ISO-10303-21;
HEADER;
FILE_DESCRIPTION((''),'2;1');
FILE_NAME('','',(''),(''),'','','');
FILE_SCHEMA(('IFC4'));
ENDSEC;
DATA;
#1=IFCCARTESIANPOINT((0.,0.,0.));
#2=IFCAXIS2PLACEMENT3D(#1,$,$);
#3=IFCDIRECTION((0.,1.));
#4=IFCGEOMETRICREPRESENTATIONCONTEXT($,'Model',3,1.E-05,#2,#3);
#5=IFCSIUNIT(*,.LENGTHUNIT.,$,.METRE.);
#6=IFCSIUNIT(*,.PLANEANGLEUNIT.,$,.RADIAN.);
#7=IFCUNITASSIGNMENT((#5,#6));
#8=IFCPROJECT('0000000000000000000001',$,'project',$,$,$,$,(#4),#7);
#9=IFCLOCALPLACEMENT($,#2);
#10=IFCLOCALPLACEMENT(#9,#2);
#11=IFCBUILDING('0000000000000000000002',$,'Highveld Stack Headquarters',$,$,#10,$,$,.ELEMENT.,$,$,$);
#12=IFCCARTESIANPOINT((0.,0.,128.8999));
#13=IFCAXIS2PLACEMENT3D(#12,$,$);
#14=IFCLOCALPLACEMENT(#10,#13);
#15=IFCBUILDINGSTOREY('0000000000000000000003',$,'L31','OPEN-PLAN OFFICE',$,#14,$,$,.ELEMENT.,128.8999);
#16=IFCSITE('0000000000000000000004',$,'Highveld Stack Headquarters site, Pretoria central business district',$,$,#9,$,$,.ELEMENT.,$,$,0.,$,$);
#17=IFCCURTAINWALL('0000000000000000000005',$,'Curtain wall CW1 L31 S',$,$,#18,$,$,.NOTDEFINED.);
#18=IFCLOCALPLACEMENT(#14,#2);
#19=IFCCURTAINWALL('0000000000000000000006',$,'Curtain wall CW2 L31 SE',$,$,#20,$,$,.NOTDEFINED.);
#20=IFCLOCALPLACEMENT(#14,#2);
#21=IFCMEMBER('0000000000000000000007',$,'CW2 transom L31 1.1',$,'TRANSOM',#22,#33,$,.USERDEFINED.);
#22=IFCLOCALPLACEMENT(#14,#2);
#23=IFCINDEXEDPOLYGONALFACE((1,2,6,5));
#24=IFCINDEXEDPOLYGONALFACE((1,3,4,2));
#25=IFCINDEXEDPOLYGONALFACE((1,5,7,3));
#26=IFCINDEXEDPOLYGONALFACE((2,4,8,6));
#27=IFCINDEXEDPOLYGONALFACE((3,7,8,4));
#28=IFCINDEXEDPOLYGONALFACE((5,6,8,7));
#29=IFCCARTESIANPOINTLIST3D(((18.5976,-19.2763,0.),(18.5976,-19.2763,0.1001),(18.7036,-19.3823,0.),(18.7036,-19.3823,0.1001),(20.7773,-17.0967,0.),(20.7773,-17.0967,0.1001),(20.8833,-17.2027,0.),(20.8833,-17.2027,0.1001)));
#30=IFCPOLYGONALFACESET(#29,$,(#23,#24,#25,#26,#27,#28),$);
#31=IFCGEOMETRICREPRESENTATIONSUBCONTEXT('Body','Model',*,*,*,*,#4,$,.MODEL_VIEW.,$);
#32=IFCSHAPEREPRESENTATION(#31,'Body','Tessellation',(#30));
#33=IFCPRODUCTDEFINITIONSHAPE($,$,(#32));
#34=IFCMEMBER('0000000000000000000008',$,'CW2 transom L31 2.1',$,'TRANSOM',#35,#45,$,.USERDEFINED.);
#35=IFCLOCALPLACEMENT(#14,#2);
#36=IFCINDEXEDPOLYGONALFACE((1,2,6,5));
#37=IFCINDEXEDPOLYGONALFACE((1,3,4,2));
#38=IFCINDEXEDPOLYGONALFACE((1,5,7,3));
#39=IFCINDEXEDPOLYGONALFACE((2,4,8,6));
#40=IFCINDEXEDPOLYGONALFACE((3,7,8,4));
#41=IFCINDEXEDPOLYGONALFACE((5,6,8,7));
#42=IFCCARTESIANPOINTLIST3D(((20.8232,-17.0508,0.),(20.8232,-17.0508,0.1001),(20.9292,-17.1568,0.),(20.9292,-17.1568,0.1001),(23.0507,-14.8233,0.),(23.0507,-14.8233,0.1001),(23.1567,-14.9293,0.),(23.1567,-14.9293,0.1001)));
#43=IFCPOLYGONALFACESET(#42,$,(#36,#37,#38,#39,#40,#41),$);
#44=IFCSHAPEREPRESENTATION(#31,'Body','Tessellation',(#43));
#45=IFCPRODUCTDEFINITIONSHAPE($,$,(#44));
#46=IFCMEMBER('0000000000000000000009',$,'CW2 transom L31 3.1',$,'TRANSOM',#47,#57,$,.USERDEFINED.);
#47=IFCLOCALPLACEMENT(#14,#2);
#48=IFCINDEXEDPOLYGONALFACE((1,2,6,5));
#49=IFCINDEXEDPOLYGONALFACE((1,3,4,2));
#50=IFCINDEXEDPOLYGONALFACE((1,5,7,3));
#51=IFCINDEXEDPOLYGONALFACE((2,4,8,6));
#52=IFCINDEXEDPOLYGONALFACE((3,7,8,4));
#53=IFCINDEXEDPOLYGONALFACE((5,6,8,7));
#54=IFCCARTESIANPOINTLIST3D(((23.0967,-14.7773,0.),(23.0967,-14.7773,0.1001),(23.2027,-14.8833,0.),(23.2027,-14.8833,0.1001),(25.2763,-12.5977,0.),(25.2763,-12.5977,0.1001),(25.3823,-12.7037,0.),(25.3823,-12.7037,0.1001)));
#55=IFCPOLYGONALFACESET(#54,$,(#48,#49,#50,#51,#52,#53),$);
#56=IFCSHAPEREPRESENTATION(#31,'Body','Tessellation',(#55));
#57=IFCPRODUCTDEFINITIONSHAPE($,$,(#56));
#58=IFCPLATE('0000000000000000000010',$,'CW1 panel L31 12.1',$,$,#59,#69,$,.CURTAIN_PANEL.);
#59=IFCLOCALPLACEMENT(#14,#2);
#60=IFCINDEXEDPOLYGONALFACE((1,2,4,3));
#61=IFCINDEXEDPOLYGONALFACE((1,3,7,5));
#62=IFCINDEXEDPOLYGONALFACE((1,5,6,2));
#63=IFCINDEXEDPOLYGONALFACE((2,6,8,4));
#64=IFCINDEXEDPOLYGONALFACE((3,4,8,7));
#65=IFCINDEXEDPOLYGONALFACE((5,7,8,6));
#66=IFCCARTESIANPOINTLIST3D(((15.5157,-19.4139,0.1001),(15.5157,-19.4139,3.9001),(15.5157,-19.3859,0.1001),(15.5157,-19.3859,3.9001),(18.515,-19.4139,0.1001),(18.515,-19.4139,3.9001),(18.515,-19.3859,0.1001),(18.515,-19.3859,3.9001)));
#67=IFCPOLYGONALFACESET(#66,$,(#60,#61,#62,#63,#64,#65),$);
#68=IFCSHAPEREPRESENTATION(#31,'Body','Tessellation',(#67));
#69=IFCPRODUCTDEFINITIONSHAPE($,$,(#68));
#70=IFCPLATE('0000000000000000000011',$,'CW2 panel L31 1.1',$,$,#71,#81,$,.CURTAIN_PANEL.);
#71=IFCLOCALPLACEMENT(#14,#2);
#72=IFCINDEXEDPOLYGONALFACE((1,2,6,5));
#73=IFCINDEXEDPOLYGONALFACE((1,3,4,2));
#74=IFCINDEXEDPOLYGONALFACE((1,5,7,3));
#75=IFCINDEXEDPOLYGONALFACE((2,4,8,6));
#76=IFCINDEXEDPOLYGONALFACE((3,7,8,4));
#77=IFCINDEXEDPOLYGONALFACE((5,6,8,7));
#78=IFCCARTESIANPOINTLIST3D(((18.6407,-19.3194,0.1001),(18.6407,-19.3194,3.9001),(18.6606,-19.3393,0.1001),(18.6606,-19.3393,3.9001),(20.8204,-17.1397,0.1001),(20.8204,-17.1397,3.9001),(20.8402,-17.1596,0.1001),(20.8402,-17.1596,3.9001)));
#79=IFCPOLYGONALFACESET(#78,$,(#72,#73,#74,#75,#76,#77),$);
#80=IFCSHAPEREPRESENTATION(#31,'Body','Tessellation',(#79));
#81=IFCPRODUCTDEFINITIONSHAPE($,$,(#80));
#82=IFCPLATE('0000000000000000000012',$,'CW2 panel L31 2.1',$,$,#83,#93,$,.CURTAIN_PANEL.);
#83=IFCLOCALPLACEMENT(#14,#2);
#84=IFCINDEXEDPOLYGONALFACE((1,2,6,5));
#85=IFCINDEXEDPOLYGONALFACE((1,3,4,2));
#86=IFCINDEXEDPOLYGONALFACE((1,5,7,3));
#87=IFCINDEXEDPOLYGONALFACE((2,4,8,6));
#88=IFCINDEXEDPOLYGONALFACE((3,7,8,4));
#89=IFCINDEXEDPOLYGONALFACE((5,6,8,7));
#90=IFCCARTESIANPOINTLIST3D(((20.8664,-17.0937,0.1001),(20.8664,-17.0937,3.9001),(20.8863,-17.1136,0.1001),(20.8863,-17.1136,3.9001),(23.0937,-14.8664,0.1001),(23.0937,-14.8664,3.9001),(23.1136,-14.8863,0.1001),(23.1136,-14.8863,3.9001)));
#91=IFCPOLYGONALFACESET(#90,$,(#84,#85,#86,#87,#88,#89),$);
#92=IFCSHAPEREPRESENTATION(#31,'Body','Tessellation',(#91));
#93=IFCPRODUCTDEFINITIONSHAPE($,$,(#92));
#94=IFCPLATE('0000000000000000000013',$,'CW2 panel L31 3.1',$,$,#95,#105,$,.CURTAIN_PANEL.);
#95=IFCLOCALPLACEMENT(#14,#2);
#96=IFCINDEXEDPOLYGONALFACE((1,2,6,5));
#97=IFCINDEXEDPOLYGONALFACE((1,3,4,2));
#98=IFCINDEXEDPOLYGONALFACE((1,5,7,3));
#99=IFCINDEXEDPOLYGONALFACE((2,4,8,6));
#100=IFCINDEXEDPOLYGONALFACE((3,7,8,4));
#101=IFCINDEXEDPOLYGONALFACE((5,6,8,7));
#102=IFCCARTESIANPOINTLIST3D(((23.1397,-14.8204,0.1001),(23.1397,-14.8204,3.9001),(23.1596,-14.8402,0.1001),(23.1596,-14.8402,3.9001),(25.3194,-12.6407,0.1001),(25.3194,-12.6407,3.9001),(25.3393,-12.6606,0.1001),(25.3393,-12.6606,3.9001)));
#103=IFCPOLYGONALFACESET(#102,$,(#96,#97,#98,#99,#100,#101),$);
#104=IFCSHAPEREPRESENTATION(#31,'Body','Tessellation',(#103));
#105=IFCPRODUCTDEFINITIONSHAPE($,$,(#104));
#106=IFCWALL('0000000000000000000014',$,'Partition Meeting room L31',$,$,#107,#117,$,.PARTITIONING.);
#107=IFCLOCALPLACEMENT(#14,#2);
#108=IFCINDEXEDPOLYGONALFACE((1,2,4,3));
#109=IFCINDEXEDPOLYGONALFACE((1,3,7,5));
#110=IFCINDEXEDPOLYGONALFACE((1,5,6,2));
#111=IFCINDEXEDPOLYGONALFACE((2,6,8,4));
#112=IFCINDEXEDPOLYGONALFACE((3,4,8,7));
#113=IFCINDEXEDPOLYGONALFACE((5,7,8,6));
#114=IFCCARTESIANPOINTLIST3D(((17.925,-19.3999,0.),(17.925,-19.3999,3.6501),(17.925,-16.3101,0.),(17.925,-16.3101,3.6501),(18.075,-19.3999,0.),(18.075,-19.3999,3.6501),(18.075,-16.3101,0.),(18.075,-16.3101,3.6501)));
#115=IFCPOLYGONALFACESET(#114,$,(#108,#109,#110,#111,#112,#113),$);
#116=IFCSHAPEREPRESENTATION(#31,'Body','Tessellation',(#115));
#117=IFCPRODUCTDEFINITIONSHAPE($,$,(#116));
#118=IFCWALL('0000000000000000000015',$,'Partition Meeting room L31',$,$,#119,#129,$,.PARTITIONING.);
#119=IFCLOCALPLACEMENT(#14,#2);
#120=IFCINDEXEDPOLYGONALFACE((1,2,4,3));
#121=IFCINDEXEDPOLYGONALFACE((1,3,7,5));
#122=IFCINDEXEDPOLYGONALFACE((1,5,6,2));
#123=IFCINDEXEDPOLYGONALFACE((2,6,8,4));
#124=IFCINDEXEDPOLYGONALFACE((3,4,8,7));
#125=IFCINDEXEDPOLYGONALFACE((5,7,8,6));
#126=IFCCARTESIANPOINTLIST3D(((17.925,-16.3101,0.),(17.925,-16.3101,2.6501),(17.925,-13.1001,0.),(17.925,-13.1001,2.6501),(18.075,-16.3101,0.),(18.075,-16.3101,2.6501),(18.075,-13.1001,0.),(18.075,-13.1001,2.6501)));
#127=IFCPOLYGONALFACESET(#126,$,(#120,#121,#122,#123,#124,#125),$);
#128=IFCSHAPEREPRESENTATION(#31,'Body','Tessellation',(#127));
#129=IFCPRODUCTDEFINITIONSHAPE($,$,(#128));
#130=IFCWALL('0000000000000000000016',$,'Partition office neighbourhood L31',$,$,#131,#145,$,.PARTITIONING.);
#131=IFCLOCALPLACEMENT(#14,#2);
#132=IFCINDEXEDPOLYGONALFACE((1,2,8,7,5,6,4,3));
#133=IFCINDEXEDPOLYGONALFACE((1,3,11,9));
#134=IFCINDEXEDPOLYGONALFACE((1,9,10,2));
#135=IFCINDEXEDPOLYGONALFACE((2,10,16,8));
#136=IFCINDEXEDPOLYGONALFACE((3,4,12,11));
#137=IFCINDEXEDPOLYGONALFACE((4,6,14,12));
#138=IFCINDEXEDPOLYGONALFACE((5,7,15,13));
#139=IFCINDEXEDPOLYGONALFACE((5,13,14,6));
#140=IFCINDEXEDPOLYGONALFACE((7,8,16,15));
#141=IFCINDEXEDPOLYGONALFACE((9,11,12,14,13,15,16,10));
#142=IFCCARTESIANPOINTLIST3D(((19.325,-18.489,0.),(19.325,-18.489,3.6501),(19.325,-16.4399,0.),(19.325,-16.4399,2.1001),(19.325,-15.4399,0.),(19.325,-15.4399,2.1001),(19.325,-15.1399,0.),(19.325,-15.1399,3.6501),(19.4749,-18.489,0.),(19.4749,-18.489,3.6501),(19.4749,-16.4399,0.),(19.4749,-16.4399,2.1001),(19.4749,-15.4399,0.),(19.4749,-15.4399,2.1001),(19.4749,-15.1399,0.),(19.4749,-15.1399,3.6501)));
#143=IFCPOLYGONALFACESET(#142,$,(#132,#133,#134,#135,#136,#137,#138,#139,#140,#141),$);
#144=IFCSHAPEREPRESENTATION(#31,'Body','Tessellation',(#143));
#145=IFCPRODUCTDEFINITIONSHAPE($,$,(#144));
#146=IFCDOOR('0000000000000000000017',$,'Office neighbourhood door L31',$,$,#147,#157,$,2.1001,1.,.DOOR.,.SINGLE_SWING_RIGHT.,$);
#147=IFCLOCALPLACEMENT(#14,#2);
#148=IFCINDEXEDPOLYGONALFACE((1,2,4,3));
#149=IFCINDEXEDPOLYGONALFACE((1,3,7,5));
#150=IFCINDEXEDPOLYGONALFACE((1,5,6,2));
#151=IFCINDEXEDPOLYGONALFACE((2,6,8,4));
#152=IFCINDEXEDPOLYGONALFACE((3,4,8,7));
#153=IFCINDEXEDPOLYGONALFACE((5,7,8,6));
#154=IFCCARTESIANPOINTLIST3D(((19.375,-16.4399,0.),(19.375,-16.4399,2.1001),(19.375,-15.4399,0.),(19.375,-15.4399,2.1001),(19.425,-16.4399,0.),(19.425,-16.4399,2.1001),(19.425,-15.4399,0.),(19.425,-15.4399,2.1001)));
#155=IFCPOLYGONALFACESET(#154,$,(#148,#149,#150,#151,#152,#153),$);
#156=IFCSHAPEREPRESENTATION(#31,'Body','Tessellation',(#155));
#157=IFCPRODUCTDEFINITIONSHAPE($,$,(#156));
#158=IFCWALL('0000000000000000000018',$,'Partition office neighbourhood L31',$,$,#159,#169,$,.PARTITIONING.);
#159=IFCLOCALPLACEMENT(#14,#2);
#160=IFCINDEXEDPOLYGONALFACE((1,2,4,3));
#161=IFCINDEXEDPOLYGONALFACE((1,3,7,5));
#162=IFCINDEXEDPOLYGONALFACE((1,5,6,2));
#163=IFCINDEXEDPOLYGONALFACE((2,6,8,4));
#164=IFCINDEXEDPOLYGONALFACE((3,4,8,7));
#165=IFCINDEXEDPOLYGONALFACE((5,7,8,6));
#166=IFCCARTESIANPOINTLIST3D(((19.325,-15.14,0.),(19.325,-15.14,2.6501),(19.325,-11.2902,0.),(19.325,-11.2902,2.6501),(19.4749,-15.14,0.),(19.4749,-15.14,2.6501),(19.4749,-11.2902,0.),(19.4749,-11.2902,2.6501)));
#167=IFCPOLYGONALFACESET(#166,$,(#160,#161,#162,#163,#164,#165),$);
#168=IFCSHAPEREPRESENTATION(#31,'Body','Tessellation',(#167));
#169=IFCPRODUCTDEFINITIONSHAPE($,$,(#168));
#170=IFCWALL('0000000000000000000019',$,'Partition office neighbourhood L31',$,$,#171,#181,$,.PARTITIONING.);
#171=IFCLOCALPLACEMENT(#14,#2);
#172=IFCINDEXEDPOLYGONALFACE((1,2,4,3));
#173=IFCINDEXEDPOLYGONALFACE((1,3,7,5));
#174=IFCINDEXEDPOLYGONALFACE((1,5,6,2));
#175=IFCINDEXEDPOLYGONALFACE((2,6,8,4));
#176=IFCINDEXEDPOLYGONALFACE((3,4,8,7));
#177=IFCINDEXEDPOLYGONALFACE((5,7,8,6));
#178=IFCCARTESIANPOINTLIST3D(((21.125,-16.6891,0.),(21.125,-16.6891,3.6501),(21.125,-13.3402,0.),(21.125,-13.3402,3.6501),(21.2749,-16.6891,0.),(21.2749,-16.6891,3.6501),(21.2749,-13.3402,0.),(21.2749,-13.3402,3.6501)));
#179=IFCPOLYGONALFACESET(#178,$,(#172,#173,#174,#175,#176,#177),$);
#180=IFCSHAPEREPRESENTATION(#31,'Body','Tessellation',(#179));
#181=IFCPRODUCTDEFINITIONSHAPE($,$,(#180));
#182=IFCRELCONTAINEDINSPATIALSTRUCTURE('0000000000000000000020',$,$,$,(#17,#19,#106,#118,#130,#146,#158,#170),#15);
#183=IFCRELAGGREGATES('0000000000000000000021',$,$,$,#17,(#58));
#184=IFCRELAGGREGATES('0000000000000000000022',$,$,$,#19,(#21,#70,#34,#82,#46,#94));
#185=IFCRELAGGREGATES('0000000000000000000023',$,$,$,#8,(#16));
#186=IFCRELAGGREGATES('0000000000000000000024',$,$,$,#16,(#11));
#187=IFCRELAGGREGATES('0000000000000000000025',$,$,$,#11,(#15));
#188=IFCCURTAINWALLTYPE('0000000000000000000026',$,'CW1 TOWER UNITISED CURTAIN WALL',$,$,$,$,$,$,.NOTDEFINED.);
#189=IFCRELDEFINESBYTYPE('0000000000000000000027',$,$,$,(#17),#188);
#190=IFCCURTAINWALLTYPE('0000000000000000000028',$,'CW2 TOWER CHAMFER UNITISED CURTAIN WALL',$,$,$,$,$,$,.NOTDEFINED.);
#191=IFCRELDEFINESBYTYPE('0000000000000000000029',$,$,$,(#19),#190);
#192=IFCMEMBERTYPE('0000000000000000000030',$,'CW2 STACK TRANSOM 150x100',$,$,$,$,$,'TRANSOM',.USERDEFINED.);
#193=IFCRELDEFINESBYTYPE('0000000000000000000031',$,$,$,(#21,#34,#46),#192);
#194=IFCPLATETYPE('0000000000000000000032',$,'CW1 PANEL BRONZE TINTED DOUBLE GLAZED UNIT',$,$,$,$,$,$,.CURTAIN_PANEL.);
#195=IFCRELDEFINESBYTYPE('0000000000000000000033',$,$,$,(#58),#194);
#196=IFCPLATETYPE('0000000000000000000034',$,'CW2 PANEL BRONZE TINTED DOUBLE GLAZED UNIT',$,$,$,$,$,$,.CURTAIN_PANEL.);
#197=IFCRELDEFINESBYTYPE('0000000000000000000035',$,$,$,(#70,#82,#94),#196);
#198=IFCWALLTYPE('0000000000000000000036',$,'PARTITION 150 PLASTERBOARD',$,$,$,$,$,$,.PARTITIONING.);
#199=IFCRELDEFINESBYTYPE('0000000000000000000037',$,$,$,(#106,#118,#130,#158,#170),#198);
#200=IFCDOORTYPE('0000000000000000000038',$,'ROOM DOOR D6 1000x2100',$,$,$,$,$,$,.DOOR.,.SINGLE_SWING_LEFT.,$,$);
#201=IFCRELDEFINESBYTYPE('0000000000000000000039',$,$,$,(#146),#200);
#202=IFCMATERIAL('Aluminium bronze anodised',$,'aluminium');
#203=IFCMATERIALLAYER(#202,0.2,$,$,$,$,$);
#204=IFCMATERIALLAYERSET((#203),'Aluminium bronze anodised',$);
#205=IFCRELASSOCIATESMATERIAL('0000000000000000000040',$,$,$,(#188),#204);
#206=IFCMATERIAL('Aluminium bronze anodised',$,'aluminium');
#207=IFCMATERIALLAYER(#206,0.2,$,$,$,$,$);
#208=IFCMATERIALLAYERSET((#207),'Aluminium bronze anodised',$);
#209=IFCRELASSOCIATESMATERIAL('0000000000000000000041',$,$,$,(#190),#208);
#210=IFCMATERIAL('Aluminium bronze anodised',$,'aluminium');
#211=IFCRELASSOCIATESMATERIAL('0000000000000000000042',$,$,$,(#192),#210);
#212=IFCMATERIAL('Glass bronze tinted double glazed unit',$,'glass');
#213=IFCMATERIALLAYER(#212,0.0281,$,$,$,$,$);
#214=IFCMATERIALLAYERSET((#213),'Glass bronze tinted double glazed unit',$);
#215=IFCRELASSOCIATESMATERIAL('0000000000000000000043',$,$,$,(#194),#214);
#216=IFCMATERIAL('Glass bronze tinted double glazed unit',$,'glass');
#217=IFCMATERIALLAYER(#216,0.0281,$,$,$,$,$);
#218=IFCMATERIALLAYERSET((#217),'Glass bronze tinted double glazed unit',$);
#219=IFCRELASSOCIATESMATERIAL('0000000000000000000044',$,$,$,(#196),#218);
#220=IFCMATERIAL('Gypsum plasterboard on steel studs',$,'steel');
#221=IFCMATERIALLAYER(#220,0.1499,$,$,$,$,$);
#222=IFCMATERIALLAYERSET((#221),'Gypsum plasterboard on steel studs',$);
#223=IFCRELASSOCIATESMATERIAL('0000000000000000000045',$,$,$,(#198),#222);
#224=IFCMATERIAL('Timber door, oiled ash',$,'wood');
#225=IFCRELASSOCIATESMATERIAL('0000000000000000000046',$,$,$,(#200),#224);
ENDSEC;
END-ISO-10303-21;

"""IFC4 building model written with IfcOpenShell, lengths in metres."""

from ifc_helpers import new_model, si_unit, direction, frame, frame_2d, origin, origin_2d, place, context, subcontext, project, spatial, rectangle, extrude, material, layer, layer_set, material_profile, profile_set, type_object, element, fill, aggregate, save


model = new_model("IFC4")

# Units and contexts
model_context = context("Model", 3, precision=1e-05, world=origin(), true_north=direction((0.0, 1.0)))
body_context = subcontext(model_context, "Body", "Model", "MODEL_VIEW")
ifc_project = project(units=[si_unit("LENGTHUNIT", "METRE"), si_unit("PLANEANGLEUNIT", "RADIAN")], contexts=[model_context])

# Site, building, storey
site_placement = place(None, origin())
site = spatial("IfcSite", under=ifc_project, at=site_placement, Name="Highveld Stack Headquarters site, Pretoria central business district", CompositionType="ELEMENT", RefElevation=0.0)
building_placement = place(site_placement, origin())
building = spatial("IfcBuilding", under=site, at=building_placement, Name="Highveld Stack Headquarters", CompositionType="ELEMENT")
storey_placement = place(building_placement, frame((0.0, 0.0, 128.8999)))
storey = spatial("IfcBuildingStorey", under=building, at=storey_placement, Name="L31", Description="OPEN-PLAN OFFICE", CompositionType="ELEMENT", Elevation=128.8999)

# Curtain wall
ifc_material_1 = material(Name="Aluminium bronze anodised", Category="aluminium")
ifc_layer_1 = layer(ifc_material_1, 0.2)
ifc_layer_set_1 = layer_set([ifc_layer_1], Name="Aluminium bronze anodised")
curtain_wall_type_1 = type_object("IfcCurtainWallType", Name="CW1 TOWER UNITISED CURTAIN WALL", PredefinedType="NOTDEFINED", material=ifc_layer_set_1)
curtain_wall_1_placement = place(storey_placement, origin())
curtain_wall_1 = element("IfcCurtainWall", 1, at=curtain_wall_1_placement, inside=storey, type_object=curtain_wall_type_1, Name="Curtain wall CW1 L31 S", PredefinedType="NOTDEFINED")

# Curtain wall, members
ifc_material_2 = material(Name="Aluminium bronze anodised", Category="aluminium")
ifc_layer_2 = layer(ifc_material_2, 0.2)
ifc_layer_set_2 = layer_set([ifc_layer_2], Name="Aluminium bronze anodised")
curtain_wall_type_2 = type_object("IfcCurtainWallType", Name="CW2 TOWER CHAMFER UNITISED CURTAIN WALL", PredefinedType="NOTDEFINED", material=ifc_layer_set_2)
curtain_wall_2_placement = place(storey_placement, origin())
curtain_wall_2 = element("IfcCurtainWall", 2, at=curtain_wall_2_placement, inside=storey, type_object=curtain_wall_type_2, Name="Curtain wall CW2 L31 SE", PredefinedType="NOTDEFINED")
ifc_material_3 = material(Name="Aluminium bronze anodised", Category="aluminium")
ifc_material_profile_1 = material_profile(ifc_material_3, rectangle(XDim=0.1499, YDim=0.1001, at=origin_2d()), Name="CW2 TRANSOM 150x100")
ifc_profile_set_1 = profile_set([ifc_material_profile_1], Name="Aluminium bronze anodised")
member_type_1 = type_object("IfcMemberType", Name="CW2 STACK TRANSOM 150x100", ElementType="TRANSOM", PredefinedType="USERDEFINED", material=ifc_profile_set_1)
member_1_placement = place(storey_placement, frame((18.6506, -19.3293, 0.05), z_axis=(0.707107, 0.707107, 0.0), x_axis=(-0.707107, 0.707107, 0.0)))
member_1 = element("IfcMember", 3, at=member_1_placement, type_object=member_type_1, Name="CW2 transom L31 1.1", ObjectType="TRANSOM", PredefinedType="USERDEFINED", context=body_context, shape_type="SweptSolid", body=[
    extrude(rectangle(XDim=0.1499, YDim=0.1001, at=origin_2d()), origin(), (0.0, 0.0, 1.0), 3.0825),
])
member_2_placement = place(storey_placement, frame((20.8762, -17.1038, 0.05), z_axis=(0.707107, 0.707107, 0.0), x_axis=(-0.707107, 0.707107, 0.0)))
member_2 = element("IfcMember", 4, at=member_2_placement, type_object=member_type_1, Name="CW2 transom L31 2.1", ObjectType="TRANSOM", PredefinedType="USERDEFINED", context=body_context, shape_type="SweptSolid", body=[
    extrude(rectangle(XDim=0.1499, YDim=0.1001, at=origin_2d()), origin(), (0.0, 0.0, 1.0), 3.1501),
])
member_3_placement = place(storey_placement, frame((23.1497, -14.8303, 0.05), z_axis=(0.707107, 0.707107, 0.0), x_axis=(-0.707107, 0.707107, 0.0)))
member_3 = element("IfcMember", 5, at=member_3_placement, type_object=member_type_1, Name="CW2 transom L31 3.1", ObjectType="TRANSOM", PredefinedType="USERDEFINED", context=body_context, shape_type="SweptSolid", body=[
    extrude(rectangle(XDim=0.1499, YDim=0.1001, at=origin_2d()), origin(), (0.0, 0.0, 1.0), 3.0825),
])

# Plates
ifc_material_4 = material(Name="Glass bronze tinted double glazed unit", Category="glass")
ifc_layer_3 = layer(ifc_material_4, 0.0281)
ifc_layer_set_3 = layer_set([ifc_layer_3], Name="Glass bronze tinted double glazed unit")
plate_type_1 = type_object("IfcPlateType", Name="CW1 PANEL BRONZE TINTED DOUBLE GLAZED UNIT", PredefinedType="CURTAIN_PANEL", material=ifc_layer_set_3)
plate_1_placement = place(storey_placement, frame((17.0154, -19.3999, 0.1001), z_axis=(0.0, 0.0, 1.0), x_axis=(1.0, 0.0, 0.0)))
plate_1 = element("IfcPlate", 6, at=plate_1_placement, type_object=plate_type_1, Name="CW1 panel L31 12.1", PredefinedType="CURTAIN_PANEL", context=body_context, shape_type="SweptSolid", body=[
    extrude(rectangle(XDim=2.9993, YDim=0.0281, at=origin_2d()), origin(), (0.0, 0.0, 1.0), 3.8),
])
aggregate(curtain_wall_1, [plate_1])
ifc_material_5 = material(Name="Glass bronze tinted double glazed unit", Category="glass")
ifc_layer_4 = layer(ifc_material_5, 0.0281)
ifc_layer_set_4 = layer_set([ifc_layer_4], Name="Glass bronze tinted double glazed unit")
plate_type_2 = type_object("IfcPlateType", Name="CW2 PANEL BRONZE TINTED DOUBLE GLAZED UNIT", PredefinedType="CURTAIN_PANEL", material=ifc_layer_set_4)
plate_2_placement = place(storey_placement, frame((19.7405, -18.2395, 0.1001), z_axis=(0.0, 0.0, 1.0), x_axis=(0.707107, 0.707107, 0.0)))
plate_2 = element("IfcPlate", 7, at=plate_2_placement, type_object=plate_type_2, Name="CW2 panel L31 1.1", PredefinedType="CURTAIN_PANEL", context=body_context, shape_type="SweptSolid", body=[
    extrude(rectangle(XDim=3.0825, YDim=0.0281, at=origin_2d()), origin(), (0.0, 0.0, 1.0), 3.8),
])
plate_3_placement = place(storey_placement, frame((21.99, -15.99, 0.1001), z_axis=(0.0, 0.0, 1.0), x_axis=(0.707107, 0.707107, 0.0)))
plate_3 = element("IfcPlate", 8, at=plate_3_placement, type_object=plate_type_2, Name="CW2 panel L31 2.1", PredefinedType="CURTAIN_PANEL", context=body_context, shape_type="SweptSolid", body=[
    extrude(rectangle(XDim=3.1499, YDim=0.0281, at=origin_2d()), origin(), (0.0, 0.0, 1.0), 3.8),
])
plate_4_placement = place(storey_placement, frame((24.2395, -13.7405, 0.1001), z_axis=(0.0, 0.0, 1.0), x_axis=(0.707107, 0.707107, 0.0)))
plate_4 = element("IfcPlate", 9, at=plate_4_placement, type_object=plate_type_2, Name="CW2 panel L31 3.1", PredefinedType="CURTAIN_PANEL", context=body_context, shape_type="SweptSolid", body=[
    extrude(rectangle(XDim=3.0825, YDim=0.0281, at=origin_2d()), origin(), (0.0, 0.0, 1.0), 3.8),
])
aggregate(curtain_wall_2, [member_1, plate_2, member_2, plate_3, member_3, plate_4])

# Walls
ifc_material_6 = material(Name="Gypsum plasterboard on steel studs", Category="steel")
ifc_layer_5 = layer(ifc_material_6, 0.1499)
ifc_layer_set_5 = layer_set([ifc_layer_5], Name="Gypsum plasterboard on steel studs")
wall_type = type_object("IfcWallType", Name="PARTITION 150 PLASTERBOARD", PredefinedType="PARTITIONING", material=ifc_layer_set_5)
wall_1_placement = place(storey_placement, frame((18.0, -19.3999, 0.0), z_axis=(0.0, 0.0, 1.0), x_axis=(0.0, 1.0, 0.0)))
element("IfcWall", 10, at=wall_1_placement, inside=storey, type_object=wall_type, Name="Partition Meeting room L31", PredefinedType="PARTITIONING", context=body_context, shape_type="SweptSolid", body=[
    extrude(rectangle(XDim=3.0898, YDim=0.1499, at=frame_2d((1.5449, 0.0))), origin(), (0.0, 0.0, 1.0), 3.6501),
])
wall_2_placement = place(storey_placement, frame((18.0, -16.3101, 0.0), z_axis=(0.0, 0.0, 1.0), x_axis=(0.0, 1.0, 0.0)))
element("IfcWall", 11, at=wall_2_placement, inside=storey, type_object=wall_type, Name="Partition Meeting room L31", PredefinedType="PARTITIONING", context=body_context, shape_type="SweptSolid", body=[
    extrude(rectangle(XDim=3.21, YDim=0.1499, at=frame_2d((1.605, 0.0))), origin(), (0.0, 0.0, 1.0), 2.6501),
])

# Wall, opening, door
wall_3_placement = place(storey_placement, frame((19.3999, -18.489, 0.0), z_axis=(0.0, 0.0, 1.0), x_axis=(0.0, 1.0, 0.0)))
wall_3 = element("IfcWall", 12, at=wall_3_placement, inside=storey, type_object=wall_type, Name="Partition office neighbourhood L31", PredefinedType="PARTITIONING", context=body_context, shape_type="SweptSolid", body=[
    extrude(rectangle(XDim=3.3491, YDim=0.1499, at=frame_2d((1.6746, 0.0))), origin(), (0.0, 0.0, 1.0), 3.6501),
])
opening_placement = place(wall_3_placement, frame((2.0491, 0.0, 0.0)))
opening = element("IfcOpeningElement", 13, at=opening_placement, cuts=wall_3, PredefinedType="OPENING", context=body_context, shape_type="SweptSolid", body=[
    extrude(rectangle(XDim=1.0, YDim=2.1001, at=frame_2d((0.5, 1.05))), frame((0.0, 0.085, 0.0), z_axis=(0.0, -1.0, 0.0), x_axis=(1.0, 0.0, 0.0)), (0.0, 0.0, 1.0), 0.1699),
])
ifc_material_7 = material(Name="Timber door, oiled ash", Category="wood")
door_type = type_object("IfcDoorType", Name="ROOM DOOR D6 1000x2100", OperationType="SINGLE_SWING_LEFT", PredefinedType="DOOR", material=ifc_material_7)
door_placement = place(opening_placement, origin())
door = element("IfcDoor", 14, at=door_placement, inside=storey, type_object=door_type, Name="Office neighbourhood door L31", OperationType="SINGLE_SWING_RIGHT", OverallHeight=2.1001, OverallWidth=1.0, PredefinedType="DOOR", context=body_context, shape_type="SweptSolid", body=[
    extrude(rectangle(XDim=1.0, YDim=2.1001, at=frame_2d((0.5, 1.05))), frame((0.0, 0.0249, 0.0), z_axis=(0.0, -1.0, 0.0), x_axis=(1.0, 0.0, 0.0)), (0.0, 0.0, 1.0), 0.05),
])
fill(opening, door)

# Walls
wall_4_placement = place(storey_placement, frame((19.3999, -15.1399, 0.0), z_axis=(0.0, 0.0, 1.0), x_axis=(0.0, 1.0, 0.0)))
element("IfcWall", 15, at=wall_4_placement, inside=storey, type_object=wall_type, Name="Partition office neighbourhood L31", PredefinedType="PARTITIONING", context=body_context, shape_type="SweptSolid", body=[
    extrude(rectangle(XDim=3.8499, YDim=0.1499, at=frame_2d((1.9248, 0.0))), origin(), (0.0, 0.0, 1.0), 2.6501),
])
wall_5_placement = place(storey_placement, frame((21.2, -16.689, 0.0), z_axis=(0.0, 0.0, 1.0), x_axis=(0.0, 1.0, 0.0)))
element("IfcWall", 16, at=wall_5_placement, inside=storey, type_object=wall_type, Name="Partition office neighbourhood L31", PredefinedType="PARTITIONING", context=body_context, shape_type="SweptSolid", body=[
    extrude(rectangle(XDim=3.3489, YDim=0.1499, at=frame_2d((1.6743, 0.0))), origin(), (0.0, 0.0, 1.0), 3.6501),
])

save(model, "model.ifc")
